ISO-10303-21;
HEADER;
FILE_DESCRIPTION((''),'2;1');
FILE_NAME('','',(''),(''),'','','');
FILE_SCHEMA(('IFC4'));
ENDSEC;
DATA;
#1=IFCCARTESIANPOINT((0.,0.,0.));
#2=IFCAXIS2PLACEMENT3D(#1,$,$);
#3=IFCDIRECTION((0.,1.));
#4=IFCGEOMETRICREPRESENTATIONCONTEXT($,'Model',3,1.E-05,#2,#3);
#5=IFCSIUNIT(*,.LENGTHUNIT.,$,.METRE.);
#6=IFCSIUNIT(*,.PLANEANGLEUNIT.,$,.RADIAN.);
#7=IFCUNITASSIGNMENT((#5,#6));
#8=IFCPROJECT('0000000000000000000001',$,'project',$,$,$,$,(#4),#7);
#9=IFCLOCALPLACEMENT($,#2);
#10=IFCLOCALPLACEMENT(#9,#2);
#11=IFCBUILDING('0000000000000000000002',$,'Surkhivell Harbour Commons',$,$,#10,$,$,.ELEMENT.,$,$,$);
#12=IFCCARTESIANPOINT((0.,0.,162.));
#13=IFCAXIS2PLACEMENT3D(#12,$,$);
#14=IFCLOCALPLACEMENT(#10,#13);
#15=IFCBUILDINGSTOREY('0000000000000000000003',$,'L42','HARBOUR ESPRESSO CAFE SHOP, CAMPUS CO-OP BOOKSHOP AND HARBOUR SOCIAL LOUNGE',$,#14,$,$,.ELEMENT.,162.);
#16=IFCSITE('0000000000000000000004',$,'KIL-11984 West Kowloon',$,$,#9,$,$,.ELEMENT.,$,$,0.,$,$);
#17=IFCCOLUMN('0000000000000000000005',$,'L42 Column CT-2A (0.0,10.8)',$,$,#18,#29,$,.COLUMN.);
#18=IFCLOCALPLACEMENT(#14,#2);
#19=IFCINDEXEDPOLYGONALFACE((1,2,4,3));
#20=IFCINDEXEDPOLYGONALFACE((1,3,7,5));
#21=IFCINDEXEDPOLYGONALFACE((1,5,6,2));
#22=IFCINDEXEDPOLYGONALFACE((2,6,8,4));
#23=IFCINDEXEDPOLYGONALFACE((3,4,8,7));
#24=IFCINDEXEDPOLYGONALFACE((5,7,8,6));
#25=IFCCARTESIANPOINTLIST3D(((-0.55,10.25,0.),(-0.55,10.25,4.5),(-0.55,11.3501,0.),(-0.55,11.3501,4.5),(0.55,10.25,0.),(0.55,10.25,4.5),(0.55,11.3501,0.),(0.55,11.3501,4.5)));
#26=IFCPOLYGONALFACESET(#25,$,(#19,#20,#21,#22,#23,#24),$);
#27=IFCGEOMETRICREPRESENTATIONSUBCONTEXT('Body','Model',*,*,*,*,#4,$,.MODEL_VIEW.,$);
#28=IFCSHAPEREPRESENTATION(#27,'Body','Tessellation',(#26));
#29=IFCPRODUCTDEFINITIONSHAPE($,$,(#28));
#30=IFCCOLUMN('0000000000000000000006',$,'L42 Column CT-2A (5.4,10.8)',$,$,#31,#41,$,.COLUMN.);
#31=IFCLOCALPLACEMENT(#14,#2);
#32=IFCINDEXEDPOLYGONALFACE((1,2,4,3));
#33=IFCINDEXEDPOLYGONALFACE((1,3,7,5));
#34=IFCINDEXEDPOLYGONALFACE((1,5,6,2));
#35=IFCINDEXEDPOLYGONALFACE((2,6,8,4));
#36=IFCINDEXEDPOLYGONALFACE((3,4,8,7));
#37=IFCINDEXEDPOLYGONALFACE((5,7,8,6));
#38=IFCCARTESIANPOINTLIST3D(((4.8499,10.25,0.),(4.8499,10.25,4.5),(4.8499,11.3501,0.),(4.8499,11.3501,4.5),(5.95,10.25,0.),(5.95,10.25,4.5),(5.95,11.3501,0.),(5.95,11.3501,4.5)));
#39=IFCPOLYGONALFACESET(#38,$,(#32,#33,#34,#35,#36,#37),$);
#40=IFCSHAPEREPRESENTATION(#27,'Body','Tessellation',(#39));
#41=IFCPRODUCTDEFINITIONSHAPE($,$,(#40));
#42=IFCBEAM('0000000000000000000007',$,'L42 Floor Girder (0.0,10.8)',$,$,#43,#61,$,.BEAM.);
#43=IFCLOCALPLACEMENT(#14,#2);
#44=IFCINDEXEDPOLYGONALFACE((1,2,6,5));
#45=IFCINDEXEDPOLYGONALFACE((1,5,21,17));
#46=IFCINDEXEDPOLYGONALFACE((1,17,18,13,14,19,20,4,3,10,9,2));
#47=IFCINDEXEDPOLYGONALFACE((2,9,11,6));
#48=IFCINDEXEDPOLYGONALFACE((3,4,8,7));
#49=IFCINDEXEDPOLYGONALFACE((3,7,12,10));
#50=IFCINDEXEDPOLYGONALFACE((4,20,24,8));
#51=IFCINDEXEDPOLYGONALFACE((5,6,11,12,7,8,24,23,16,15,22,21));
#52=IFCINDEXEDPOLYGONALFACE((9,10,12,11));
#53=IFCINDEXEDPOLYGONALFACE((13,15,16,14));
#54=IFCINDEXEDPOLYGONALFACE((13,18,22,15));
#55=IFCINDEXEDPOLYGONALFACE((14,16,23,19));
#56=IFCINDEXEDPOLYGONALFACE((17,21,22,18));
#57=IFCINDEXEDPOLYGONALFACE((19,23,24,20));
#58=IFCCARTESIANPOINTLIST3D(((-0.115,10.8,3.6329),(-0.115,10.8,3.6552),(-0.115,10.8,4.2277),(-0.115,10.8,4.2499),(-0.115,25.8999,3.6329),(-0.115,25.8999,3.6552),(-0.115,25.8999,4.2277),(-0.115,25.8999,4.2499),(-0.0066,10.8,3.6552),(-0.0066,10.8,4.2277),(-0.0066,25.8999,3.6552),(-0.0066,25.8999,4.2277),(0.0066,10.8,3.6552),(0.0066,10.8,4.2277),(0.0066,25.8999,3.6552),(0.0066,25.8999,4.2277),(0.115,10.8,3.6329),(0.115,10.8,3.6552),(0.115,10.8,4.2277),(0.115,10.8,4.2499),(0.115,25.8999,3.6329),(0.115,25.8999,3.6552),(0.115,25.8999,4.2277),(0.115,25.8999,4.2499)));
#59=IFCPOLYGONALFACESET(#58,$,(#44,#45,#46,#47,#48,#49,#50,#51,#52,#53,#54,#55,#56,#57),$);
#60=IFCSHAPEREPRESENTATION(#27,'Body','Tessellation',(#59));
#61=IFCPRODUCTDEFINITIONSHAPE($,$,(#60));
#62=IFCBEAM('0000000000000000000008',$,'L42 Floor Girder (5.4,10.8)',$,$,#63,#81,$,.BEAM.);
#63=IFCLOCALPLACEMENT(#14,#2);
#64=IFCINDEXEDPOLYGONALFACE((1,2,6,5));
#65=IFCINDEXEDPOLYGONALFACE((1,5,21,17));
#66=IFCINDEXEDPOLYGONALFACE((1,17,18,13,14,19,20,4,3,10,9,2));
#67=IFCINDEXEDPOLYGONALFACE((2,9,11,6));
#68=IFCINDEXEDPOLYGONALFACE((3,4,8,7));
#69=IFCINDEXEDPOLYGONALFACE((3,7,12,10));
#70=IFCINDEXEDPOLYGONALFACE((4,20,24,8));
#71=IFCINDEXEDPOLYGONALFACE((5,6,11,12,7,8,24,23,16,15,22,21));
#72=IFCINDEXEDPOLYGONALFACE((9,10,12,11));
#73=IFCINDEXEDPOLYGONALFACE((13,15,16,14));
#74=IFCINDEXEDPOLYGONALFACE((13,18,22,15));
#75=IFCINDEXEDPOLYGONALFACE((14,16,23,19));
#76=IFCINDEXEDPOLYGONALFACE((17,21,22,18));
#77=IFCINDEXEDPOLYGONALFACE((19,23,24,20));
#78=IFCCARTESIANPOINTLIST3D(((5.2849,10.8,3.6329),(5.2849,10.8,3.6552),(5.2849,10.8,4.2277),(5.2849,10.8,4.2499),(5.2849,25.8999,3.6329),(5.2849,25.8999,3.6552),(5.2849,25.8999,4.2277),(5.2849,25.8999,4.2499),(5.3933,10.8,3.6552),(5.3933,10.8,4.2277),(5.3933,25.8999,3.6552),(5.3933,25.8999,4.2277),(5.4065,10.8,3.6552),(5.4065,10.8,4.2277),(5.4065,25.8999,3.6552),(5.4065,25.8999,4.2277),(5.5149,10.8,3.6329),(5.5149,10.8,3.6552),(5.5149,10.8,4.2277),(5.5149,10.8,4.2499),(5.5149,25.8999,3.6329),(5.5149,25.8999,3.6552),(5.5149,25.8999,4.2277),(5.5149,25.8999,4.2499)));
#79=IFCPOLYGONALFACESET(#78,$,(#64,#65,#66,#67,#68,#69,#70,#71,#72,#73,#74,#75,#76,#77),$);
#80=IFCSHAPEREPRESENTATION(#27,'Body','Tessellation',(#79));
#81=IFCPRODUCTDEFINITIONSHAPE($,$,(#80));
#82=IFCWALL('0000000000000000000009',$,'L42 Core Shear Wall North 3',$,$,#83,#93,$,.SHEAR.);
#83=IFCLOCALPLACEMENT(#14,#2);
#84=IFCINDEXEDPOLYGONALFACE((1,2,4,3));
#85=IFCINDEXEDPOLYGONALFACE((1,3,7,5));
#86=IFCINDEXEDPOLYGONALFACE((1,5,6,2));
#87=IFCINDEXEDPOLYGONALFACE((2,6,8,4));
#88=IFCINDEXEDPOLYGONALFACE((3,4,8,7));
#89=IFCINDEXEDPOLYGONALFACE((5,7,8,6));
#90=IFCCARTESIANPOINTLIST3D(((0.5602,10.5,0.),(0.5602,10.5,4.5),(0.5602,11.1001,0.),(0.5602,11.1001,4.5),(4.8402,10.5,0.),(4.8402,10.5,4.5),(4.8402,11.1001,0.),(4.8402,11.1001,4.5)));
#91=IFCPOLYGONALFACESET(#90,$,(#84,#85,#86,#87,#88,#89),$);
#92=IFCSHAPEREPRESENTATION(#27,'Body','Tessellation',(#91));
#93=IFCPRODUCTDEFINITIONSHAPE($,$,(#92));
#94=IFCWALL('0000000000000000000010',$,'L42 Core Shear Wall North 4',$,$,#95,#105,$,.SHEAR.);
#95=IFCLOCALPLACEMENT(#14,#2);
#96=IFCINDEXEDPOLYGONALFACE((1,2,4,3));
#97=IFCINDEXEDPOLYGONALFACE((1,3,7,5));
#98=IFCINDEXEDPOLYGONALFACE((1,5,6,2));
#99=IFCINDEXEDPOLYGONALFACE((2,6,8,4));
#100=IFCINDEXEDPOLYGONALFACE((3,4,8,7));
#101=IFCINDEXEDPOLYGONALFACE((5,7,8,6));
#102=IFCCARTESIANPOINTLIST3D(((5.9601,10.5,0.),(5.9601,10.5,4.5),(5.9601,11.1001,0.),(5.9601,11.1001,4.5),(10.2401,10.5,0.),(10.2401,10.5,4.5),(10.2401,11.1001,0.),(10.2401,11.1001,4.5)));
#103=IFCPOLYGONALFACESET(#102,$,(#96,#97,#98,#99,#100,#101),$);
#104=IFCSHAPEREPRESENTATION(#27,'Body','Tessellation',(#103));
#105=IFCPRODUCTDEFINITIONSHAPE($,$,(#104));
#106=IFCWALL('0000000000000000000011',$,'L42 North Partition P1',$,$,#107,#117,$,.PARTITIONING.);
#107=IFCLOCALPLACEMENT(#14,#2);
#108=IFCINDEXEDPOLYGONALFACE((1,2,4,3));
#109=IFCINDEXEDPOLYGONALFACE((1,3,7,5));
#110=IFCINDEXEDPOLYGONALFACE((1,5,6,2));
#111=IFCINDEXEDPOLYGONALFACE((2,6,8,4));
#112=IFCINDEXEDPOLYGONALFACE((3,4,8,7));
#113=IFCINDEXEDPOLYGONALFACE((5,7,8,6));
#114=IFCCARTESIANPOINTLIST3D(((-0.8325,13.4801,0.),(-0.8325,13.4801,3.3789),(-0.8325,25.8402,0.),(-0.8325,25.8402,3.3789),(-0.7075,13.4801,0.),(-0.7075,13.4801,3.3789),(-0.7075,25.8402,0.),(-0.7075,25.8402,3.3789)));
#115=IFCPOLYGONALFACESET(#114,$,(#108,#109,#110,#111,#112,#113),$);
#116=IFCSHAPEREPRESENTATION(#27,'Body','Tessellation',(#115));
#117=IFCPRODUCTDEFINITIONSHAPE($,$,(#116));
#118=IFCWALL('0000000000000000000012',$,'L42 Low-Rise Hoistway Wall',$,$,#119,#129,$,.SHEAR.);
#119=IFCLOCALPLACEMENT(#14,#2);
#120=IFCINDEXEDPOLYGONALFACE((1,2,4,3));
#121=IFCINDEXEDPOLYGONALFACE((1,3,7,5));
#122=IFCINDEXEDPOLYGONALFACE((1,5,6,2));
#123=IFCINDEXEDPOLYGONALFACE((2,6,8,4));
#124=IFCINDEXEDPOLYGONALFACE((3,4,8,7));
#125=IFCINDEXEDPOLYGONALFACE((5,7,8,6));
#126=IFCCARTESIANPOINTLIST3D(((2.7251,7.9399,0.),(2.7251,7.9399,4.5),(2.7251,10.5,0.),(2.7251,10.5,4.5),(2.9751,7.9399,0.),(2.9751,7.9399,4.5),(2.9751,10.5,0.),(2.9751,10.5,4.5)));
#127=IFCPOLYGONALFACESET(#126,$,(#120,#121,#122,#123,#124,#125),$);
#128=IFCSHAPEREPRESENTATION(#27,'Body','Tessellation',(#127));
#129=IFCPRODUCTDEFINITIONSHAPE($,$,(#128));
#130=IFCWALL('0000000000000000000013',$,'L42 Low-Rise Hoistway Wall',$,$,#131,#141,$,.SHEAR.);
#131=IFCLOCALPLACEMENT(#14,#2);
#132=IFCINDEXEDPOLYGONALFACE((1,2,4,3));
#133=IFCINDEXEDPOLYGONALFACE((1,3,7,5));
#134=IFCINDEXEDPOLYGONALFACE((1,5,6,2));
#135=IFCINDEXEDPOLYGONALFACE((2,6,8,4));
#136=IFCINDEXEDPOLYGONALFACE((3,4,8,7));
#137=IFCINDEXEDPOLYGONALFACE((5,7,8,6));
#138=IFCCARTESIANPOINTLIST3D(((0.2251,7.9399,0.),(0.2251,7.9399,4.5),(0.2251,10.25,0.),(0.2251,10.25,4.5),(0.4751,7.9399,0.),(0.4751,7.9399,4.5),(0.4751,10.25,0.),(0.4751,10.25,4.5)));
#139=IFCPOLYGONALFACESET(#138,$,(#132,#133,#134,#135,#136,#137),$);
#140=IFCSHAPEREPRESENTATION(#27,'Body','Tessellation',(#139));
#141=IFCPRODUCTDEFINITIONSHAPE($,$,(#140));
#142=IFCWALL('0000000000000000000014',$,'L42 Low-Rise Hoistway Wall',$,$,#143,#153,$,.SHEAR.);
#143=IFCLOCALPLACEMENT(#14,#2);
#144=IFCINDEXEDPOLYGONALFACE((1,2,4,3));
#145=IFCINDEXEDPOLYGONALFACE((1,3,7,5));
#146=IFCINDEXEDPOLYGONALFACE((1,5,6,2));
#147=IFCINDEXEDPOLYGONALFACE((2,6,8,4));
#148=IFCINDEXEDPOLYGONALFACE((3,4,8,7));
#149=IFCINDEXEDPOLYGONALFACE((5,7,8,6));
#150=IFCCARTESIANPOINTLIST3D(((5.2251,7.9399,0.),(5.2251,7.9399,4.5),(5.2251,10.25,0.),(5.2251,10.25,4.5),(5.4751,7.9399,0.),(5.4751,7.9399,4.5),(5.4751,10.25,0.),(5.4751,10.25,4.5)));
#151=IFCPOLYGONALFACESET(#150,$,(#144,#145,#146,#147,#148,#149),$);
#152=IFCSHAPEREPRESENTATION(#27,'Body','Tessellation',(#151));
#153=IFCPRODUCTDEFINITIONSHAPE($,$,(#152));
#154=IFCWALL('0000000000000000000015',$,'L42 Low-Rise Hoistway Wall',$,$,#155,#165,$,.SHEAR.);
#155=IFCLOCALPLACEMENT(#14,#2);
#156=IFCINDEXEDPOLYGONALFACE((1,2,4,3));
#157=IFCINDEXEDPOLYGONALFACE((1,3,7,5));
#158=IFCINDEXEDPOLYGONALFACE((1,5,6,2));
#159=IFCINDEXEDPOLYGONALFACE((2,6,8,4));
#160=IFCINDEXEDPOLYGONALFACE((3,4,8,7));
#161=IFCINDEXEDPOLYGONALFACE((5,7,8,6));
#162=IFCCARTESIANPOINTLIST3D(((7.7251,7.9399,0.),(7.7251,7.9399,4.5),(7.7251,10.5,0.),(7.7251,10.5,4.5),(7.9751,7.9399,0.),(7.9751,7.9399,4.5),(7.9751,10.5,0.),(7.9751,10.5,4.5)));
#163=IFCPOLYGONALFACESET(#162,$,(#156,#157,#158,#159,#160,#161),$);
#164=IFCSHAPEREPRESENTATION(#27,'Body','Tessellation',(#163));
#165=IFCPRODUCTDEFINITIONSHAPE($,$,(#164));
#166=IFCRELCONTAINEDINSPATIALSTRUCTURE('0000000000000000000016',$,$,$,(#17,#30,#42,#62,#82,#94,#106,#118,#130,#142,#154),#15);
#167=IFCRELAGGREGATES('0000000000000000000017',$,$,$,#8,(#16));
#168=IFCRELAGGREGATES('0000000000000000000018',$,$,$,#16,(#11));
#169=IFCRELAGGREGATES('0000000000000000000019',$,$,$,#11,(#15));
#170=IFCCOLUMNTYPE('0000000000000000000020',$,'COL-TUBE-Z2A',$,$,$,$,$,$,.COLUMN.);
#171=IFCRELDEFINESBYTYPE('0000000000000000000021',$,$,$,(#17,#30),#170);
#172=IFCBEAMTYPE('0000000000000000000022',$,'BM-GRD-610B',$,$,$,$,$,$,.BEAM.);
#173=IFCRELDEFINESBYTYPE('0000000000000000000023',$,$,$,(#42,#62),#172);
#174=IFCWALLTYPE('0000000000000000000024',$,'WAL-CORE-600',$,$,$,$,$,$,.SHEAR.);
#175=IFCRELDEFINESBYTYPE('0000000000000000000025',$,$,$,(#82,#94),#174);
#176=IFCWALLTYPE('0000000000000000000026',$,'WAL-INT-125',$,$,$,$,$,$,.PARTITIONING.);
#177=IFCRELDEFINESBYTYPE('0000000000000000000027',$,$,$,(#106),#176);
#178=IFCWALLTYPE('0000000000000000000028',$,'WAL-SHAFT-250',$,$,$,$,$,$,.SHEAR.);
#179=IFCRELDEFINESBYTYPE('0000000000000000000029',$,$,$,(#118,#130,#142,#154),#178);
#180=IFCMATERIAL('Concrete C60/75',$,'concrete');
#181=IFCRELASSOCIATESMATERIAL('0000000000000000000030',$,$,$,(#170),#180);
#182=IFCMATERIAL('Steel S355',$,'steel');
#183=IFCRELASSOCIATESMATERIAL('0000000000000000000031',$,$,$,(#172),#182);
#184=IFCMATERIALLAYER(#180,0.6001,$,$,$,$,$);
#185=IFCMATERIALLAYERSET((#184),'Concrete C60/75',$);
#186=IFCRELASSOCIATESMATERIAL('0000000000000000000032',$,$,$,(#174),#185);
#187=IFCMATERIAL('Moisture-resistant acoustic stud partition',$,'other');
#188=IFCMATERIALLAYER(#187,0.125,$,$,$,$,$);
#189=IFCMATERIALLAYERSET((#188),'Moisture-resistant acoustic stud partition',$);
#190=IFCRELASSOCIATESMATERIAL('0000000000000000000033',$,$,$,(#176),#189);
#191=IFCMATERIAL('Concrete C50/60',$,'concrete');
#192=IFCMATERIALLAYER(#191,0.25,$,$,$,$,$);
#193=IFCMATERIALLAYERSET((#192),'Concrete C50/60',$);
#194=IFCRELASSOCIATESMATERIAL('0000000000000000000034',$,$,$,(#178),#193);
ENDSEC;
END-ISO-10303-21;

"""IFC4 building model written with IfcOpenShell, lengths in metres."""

from ifc_helpers import new_model, si_unit, direction, frame, frame_2d, origin, origin_2d, place, context, subcontext, project, spatial, rectangle, i_section, extrude, material, layer, layer_set, material_profile, profile_set, type_object, element, save


model = new_model("IFC4")

# Units and contexts
model_context = context("Model", 3, precision=1e-05, world=origin(), true_north=direction((0.0, 1.0)))
body_context = subcontext(model_context, "Body", "Model", "MODEL_VIEW")
ifc_project = project(units=[si_unit("LENGTHUNIT", "METRE"), si_unit("PLANEANGLEUNIT", "RADIAN")], contexts=[model_context])

# Site, building, storey
site_placement = place(None, origin())
site = spatial("IfcSite", under=ifc_project, at=site_placement, Name="KIL-11984 West Kowloon", CompositionType="ELEMENT", RefElevation=0.0)
building_placement = place(site_placement, origin())
building = spatial("IfcBuilding", under=site, at=building_placement, Name="Surkhivell Harbour Commons", CompositionType="ELEMENT")
storey_placement = place(building_placement, frame((0.0, 0.0, 162.0)))
storey = spatial("IfcBuildingStorey", under=building, at=storey_placement, Name="L42", Description="HARBOUR ESPRESSO CAFE SHOP, CAMPUS CO-OP BOOKSHOP AND HARBOUR SOCIAL LOUNGE", CompositionType="ELEMENT", Elevation=162.0)

# Columns
ifc_material_1 = material(Name="Concrete C60/75", Category="concrete")
ifc_material_profile_1 = material_profile(ifc_material_1, rectangle(XDim=1.1001, YDim=1.1001, at=origin_2d()), Name="RC-COL-1100x1100")
ifc_profile_set_1 = profile_set([ifc_material_profile_1], Name="Concrete C60/75")
column_type = type_object("IfcColumnType", Name="COL-TUBE-Z2A", PredefinedType="COLUMN", material=ifc_profile_set_1)
for number, where, z_axis, x_axis, name in (
    (1, (0.0, 10.8, 0.0), (0.0, 0.0, 1.0), (1.0, 0.0, 0.0), "L42 Column CT-2A (0.0,10.8)"),
    (2, (5.3999, 10.8, 0.0), (0.0, 0.0, 1.0), (1.0, 0.0, 0.0), "L42 Column CT-2A (5.4,10.8)"),
):
    element("IfcColumn", number, at=place(storey_placement, frame(where, z_axis=z_axis, x_axis=x_axis)), inside=storey, type_object=column_type, Name=name, PredefinedType="COLUMN", context=body_context, shape_type="SweptSolid", body=[
        extrude(rectangle(XDim=1.1001, YDim=1.1001, at=origin_2d()), origin(), (0.0, 0.0, 1.0), 4.5),
    ])

# Beams
ifc_material_2 = material(Name="Steel S355", Category="steel")
ifc_material_profile_2 = material_profile(ifc_material_2, i_section(OverallWidth=0.23, OverallDepth=0.6169, WebThickness=0.0132, FlangeThickness=0.0222, at=origin_2d()), Name="UB610x229x140")
ifc_profile_set_2 = profile_set([ifc_material_profile_2], Name="Steel S355")
beam_type = type_object("IfcBeamType", Name="BM-GRD-610B", PredefinedType="BEAM", material=ifc_profile_set_2)
for number, where, z_axis, x_axis, name in (
    (3, (0.0, 10.8, 3.9414), (0.0, 1.0, 0.0), (-1.0, 0.0, 0.0), "L42 Floor Girder (0.0,10.8)"),
    (4, (5.3999, 10.8, 3.9414), (0.0, 1.0, 0.0), (-1.0, 0.0, 0.0), "L42 Floor Girder (5.4,10.8)"),
):
    element("IfcBeam", number, at=place(storey_placement, frame(where, z_axis=z_axis, x_axis=x_axis)), inside=storey, type_object=beam_type, Name=name, PredefinedType="BEAM", context=body_context, shape_type="SweptSolid", body=[
        extrude(i_section(OverallWidth=0.23, OverallDepth=0.6169, WebThickness=0.0132, FlangeThickness=0.0222, at=origin_2d()), origin(), (0.0, 0.0, 1.0), 15.0999),
    ])

# Walls
ifc_layer_1 = layer(ifc_material_1, 0.6001)
ifc_layer_set_1 = layer_set([ifc_layer_1], Name="Concrete C60/75")
wall_type_1 = type_object("IfcWallType", Name="WAL-CORE-600", PredefinedType="SHEAR", material=ifc_layer_set_1)
for number, where, z_axis, x_axis, name in (
    (5, (0.5601, 10.8, 0.0), (0.0, 0.0, 1.0), (1.0, 0.0, 0.0), "L42 Core Shear Wall North 3"),
    (6, (5.96, 10.8, 0.0), (0.0, 0.0, 1.0), (1.0, 0.0, 0.0), "L42 Core Shear Wall North 4"),
):
    element("IfcWall", number, at=place(storey_placement, frame(where, z_axis=z_axis, x_axis=x_axis)), inside=storey, type_object=wall_type_1, Name=name, PredefinedType="SHEAR", context=body_context, shape_type="SweptSolid", body=[
        extrude(rectangle(XDim=4.28, YDim=0.6001, at=frame_2d((2.1401, 0.0))), origin(), (0.0, 0.0, 1.0), 4.5),
    ])
ifc_material_3 = material(Name="Moisture-resistant acoustic stud partition", Category="other")
ifc_layer_2 = layer(ifc_material_3, 0.125)
ifc_layer_set_2 = layer_set([ifc_layer_2], Name="Moisture-resistant acoustic stud partition")
wall_type_2 = type_object("IfcWallType", Name="WAL-INT-125", PredefinedType="PARTITIONING", material=ifc_layer_set_2)
wall_1_placement = place(storey_placement, frame((-0.77, 13.48, 0.0), z_axis=(0.0, 0.0, 1.0), x_axis=(0.0, 1.0, 0.0)))
element("IfcWall", 7, at=wall_1_placement, inside=storey, type_object=wall_type_2, Name="L42 North Partition P1", PredefinedType="PARTITIONING", context=body_context, shape_type="SweptSolid", body=[
    extrude(rectangle(XDim=12.3601, YDim=0.125, at=frame_2d((6.1802, 0.0))), origin(), (0.0, 0.0, 1.0), 3.3789),
])
ifc_material_4 = material(Name="Concrete C50/60", Category="concrete")
ifc_layer_3 = layer(ifc_material_4, 0.25)
ifc_layer_set_3 = layer_set([ifc_layer_3], Name="Concrete C50/60")
wall_type_3 = type_object("IfcWallType", Name="WAL-SHAFT-250", PredefinedType="SHEAR", material=ifc_layer_set_3)
wall_2_placement = place(storey_placement, frame((2.8501, 7.9399, 0.0), z_axis=(0.0, 0.0, 1.0), x_axis=(0.0, 1.0, 0.0)))
element("IfcWall", 8, at=wall_2_placement, inside=storey, type_object=wall_type_3, Name="L42 Low-Rise Hoistway Wall", PredefinedType="SHEAR", context=body_context, shape_type="SweptSolid", body=[
    extrude(rectangle(XDim=2.5601, YDim=0.25, at=frame_2d((1.28, 0.0))), origin(), (0.0, 0.0, 1.0), 4.5),
])
for number, where, z_axis, x_axis, name in (
    (9, (0.3501, 7.9399, 0.0), (0.0, 0.0, 1.0), (0.0, 1.0, 0.0), "L42 Low-Rise Hoistway Wall"),
    (10, (5.3501, 7.9399, 0.0), (0.0, 0.0, 1.0), (0.0, 1.0, 0.0), "L42 Low-Rise Hoistway Wall"),
):
    element("IfcWall", number, at=place(storey_placement, frame(where, z_axis=z_axis, x_axis=x_axis)), inside=storey, type_object=wall_type_3, Name=name, PredefinedType="SHEAR", context=body_context, shape_type="SweptSolid", body=[
        extrude(rectangle(XDim=2.3101, YDim=0.25, at=frame_2d((1.155, 0.0))), origin(), (0.0, 0.0, 1.0), 4.5),
    ])
wall_3_placement = place(storey_placement, frame((7.8501, 7.9399, 0.0), z_axis=(0.0, 0.0, 1.0), x_axis=(0.0, 1.0, 0.0)))
element("IfcWall", 11, at=wall_3_placement, inside=storey, type_object=wall_type_3, Name="L42 Low-Rise Hoistway Wall", PredefinedType="SHEAR", context=body_context, shape_type="SweptSolid", body=[
    extrude(rectangle(XDim=2.5601, YDim=0.25, at=frame_2d((1.28, 0.0))), origin(), (0.0, 0.0, 1.0), 4.5),
])

save(model, "model.ifc")
